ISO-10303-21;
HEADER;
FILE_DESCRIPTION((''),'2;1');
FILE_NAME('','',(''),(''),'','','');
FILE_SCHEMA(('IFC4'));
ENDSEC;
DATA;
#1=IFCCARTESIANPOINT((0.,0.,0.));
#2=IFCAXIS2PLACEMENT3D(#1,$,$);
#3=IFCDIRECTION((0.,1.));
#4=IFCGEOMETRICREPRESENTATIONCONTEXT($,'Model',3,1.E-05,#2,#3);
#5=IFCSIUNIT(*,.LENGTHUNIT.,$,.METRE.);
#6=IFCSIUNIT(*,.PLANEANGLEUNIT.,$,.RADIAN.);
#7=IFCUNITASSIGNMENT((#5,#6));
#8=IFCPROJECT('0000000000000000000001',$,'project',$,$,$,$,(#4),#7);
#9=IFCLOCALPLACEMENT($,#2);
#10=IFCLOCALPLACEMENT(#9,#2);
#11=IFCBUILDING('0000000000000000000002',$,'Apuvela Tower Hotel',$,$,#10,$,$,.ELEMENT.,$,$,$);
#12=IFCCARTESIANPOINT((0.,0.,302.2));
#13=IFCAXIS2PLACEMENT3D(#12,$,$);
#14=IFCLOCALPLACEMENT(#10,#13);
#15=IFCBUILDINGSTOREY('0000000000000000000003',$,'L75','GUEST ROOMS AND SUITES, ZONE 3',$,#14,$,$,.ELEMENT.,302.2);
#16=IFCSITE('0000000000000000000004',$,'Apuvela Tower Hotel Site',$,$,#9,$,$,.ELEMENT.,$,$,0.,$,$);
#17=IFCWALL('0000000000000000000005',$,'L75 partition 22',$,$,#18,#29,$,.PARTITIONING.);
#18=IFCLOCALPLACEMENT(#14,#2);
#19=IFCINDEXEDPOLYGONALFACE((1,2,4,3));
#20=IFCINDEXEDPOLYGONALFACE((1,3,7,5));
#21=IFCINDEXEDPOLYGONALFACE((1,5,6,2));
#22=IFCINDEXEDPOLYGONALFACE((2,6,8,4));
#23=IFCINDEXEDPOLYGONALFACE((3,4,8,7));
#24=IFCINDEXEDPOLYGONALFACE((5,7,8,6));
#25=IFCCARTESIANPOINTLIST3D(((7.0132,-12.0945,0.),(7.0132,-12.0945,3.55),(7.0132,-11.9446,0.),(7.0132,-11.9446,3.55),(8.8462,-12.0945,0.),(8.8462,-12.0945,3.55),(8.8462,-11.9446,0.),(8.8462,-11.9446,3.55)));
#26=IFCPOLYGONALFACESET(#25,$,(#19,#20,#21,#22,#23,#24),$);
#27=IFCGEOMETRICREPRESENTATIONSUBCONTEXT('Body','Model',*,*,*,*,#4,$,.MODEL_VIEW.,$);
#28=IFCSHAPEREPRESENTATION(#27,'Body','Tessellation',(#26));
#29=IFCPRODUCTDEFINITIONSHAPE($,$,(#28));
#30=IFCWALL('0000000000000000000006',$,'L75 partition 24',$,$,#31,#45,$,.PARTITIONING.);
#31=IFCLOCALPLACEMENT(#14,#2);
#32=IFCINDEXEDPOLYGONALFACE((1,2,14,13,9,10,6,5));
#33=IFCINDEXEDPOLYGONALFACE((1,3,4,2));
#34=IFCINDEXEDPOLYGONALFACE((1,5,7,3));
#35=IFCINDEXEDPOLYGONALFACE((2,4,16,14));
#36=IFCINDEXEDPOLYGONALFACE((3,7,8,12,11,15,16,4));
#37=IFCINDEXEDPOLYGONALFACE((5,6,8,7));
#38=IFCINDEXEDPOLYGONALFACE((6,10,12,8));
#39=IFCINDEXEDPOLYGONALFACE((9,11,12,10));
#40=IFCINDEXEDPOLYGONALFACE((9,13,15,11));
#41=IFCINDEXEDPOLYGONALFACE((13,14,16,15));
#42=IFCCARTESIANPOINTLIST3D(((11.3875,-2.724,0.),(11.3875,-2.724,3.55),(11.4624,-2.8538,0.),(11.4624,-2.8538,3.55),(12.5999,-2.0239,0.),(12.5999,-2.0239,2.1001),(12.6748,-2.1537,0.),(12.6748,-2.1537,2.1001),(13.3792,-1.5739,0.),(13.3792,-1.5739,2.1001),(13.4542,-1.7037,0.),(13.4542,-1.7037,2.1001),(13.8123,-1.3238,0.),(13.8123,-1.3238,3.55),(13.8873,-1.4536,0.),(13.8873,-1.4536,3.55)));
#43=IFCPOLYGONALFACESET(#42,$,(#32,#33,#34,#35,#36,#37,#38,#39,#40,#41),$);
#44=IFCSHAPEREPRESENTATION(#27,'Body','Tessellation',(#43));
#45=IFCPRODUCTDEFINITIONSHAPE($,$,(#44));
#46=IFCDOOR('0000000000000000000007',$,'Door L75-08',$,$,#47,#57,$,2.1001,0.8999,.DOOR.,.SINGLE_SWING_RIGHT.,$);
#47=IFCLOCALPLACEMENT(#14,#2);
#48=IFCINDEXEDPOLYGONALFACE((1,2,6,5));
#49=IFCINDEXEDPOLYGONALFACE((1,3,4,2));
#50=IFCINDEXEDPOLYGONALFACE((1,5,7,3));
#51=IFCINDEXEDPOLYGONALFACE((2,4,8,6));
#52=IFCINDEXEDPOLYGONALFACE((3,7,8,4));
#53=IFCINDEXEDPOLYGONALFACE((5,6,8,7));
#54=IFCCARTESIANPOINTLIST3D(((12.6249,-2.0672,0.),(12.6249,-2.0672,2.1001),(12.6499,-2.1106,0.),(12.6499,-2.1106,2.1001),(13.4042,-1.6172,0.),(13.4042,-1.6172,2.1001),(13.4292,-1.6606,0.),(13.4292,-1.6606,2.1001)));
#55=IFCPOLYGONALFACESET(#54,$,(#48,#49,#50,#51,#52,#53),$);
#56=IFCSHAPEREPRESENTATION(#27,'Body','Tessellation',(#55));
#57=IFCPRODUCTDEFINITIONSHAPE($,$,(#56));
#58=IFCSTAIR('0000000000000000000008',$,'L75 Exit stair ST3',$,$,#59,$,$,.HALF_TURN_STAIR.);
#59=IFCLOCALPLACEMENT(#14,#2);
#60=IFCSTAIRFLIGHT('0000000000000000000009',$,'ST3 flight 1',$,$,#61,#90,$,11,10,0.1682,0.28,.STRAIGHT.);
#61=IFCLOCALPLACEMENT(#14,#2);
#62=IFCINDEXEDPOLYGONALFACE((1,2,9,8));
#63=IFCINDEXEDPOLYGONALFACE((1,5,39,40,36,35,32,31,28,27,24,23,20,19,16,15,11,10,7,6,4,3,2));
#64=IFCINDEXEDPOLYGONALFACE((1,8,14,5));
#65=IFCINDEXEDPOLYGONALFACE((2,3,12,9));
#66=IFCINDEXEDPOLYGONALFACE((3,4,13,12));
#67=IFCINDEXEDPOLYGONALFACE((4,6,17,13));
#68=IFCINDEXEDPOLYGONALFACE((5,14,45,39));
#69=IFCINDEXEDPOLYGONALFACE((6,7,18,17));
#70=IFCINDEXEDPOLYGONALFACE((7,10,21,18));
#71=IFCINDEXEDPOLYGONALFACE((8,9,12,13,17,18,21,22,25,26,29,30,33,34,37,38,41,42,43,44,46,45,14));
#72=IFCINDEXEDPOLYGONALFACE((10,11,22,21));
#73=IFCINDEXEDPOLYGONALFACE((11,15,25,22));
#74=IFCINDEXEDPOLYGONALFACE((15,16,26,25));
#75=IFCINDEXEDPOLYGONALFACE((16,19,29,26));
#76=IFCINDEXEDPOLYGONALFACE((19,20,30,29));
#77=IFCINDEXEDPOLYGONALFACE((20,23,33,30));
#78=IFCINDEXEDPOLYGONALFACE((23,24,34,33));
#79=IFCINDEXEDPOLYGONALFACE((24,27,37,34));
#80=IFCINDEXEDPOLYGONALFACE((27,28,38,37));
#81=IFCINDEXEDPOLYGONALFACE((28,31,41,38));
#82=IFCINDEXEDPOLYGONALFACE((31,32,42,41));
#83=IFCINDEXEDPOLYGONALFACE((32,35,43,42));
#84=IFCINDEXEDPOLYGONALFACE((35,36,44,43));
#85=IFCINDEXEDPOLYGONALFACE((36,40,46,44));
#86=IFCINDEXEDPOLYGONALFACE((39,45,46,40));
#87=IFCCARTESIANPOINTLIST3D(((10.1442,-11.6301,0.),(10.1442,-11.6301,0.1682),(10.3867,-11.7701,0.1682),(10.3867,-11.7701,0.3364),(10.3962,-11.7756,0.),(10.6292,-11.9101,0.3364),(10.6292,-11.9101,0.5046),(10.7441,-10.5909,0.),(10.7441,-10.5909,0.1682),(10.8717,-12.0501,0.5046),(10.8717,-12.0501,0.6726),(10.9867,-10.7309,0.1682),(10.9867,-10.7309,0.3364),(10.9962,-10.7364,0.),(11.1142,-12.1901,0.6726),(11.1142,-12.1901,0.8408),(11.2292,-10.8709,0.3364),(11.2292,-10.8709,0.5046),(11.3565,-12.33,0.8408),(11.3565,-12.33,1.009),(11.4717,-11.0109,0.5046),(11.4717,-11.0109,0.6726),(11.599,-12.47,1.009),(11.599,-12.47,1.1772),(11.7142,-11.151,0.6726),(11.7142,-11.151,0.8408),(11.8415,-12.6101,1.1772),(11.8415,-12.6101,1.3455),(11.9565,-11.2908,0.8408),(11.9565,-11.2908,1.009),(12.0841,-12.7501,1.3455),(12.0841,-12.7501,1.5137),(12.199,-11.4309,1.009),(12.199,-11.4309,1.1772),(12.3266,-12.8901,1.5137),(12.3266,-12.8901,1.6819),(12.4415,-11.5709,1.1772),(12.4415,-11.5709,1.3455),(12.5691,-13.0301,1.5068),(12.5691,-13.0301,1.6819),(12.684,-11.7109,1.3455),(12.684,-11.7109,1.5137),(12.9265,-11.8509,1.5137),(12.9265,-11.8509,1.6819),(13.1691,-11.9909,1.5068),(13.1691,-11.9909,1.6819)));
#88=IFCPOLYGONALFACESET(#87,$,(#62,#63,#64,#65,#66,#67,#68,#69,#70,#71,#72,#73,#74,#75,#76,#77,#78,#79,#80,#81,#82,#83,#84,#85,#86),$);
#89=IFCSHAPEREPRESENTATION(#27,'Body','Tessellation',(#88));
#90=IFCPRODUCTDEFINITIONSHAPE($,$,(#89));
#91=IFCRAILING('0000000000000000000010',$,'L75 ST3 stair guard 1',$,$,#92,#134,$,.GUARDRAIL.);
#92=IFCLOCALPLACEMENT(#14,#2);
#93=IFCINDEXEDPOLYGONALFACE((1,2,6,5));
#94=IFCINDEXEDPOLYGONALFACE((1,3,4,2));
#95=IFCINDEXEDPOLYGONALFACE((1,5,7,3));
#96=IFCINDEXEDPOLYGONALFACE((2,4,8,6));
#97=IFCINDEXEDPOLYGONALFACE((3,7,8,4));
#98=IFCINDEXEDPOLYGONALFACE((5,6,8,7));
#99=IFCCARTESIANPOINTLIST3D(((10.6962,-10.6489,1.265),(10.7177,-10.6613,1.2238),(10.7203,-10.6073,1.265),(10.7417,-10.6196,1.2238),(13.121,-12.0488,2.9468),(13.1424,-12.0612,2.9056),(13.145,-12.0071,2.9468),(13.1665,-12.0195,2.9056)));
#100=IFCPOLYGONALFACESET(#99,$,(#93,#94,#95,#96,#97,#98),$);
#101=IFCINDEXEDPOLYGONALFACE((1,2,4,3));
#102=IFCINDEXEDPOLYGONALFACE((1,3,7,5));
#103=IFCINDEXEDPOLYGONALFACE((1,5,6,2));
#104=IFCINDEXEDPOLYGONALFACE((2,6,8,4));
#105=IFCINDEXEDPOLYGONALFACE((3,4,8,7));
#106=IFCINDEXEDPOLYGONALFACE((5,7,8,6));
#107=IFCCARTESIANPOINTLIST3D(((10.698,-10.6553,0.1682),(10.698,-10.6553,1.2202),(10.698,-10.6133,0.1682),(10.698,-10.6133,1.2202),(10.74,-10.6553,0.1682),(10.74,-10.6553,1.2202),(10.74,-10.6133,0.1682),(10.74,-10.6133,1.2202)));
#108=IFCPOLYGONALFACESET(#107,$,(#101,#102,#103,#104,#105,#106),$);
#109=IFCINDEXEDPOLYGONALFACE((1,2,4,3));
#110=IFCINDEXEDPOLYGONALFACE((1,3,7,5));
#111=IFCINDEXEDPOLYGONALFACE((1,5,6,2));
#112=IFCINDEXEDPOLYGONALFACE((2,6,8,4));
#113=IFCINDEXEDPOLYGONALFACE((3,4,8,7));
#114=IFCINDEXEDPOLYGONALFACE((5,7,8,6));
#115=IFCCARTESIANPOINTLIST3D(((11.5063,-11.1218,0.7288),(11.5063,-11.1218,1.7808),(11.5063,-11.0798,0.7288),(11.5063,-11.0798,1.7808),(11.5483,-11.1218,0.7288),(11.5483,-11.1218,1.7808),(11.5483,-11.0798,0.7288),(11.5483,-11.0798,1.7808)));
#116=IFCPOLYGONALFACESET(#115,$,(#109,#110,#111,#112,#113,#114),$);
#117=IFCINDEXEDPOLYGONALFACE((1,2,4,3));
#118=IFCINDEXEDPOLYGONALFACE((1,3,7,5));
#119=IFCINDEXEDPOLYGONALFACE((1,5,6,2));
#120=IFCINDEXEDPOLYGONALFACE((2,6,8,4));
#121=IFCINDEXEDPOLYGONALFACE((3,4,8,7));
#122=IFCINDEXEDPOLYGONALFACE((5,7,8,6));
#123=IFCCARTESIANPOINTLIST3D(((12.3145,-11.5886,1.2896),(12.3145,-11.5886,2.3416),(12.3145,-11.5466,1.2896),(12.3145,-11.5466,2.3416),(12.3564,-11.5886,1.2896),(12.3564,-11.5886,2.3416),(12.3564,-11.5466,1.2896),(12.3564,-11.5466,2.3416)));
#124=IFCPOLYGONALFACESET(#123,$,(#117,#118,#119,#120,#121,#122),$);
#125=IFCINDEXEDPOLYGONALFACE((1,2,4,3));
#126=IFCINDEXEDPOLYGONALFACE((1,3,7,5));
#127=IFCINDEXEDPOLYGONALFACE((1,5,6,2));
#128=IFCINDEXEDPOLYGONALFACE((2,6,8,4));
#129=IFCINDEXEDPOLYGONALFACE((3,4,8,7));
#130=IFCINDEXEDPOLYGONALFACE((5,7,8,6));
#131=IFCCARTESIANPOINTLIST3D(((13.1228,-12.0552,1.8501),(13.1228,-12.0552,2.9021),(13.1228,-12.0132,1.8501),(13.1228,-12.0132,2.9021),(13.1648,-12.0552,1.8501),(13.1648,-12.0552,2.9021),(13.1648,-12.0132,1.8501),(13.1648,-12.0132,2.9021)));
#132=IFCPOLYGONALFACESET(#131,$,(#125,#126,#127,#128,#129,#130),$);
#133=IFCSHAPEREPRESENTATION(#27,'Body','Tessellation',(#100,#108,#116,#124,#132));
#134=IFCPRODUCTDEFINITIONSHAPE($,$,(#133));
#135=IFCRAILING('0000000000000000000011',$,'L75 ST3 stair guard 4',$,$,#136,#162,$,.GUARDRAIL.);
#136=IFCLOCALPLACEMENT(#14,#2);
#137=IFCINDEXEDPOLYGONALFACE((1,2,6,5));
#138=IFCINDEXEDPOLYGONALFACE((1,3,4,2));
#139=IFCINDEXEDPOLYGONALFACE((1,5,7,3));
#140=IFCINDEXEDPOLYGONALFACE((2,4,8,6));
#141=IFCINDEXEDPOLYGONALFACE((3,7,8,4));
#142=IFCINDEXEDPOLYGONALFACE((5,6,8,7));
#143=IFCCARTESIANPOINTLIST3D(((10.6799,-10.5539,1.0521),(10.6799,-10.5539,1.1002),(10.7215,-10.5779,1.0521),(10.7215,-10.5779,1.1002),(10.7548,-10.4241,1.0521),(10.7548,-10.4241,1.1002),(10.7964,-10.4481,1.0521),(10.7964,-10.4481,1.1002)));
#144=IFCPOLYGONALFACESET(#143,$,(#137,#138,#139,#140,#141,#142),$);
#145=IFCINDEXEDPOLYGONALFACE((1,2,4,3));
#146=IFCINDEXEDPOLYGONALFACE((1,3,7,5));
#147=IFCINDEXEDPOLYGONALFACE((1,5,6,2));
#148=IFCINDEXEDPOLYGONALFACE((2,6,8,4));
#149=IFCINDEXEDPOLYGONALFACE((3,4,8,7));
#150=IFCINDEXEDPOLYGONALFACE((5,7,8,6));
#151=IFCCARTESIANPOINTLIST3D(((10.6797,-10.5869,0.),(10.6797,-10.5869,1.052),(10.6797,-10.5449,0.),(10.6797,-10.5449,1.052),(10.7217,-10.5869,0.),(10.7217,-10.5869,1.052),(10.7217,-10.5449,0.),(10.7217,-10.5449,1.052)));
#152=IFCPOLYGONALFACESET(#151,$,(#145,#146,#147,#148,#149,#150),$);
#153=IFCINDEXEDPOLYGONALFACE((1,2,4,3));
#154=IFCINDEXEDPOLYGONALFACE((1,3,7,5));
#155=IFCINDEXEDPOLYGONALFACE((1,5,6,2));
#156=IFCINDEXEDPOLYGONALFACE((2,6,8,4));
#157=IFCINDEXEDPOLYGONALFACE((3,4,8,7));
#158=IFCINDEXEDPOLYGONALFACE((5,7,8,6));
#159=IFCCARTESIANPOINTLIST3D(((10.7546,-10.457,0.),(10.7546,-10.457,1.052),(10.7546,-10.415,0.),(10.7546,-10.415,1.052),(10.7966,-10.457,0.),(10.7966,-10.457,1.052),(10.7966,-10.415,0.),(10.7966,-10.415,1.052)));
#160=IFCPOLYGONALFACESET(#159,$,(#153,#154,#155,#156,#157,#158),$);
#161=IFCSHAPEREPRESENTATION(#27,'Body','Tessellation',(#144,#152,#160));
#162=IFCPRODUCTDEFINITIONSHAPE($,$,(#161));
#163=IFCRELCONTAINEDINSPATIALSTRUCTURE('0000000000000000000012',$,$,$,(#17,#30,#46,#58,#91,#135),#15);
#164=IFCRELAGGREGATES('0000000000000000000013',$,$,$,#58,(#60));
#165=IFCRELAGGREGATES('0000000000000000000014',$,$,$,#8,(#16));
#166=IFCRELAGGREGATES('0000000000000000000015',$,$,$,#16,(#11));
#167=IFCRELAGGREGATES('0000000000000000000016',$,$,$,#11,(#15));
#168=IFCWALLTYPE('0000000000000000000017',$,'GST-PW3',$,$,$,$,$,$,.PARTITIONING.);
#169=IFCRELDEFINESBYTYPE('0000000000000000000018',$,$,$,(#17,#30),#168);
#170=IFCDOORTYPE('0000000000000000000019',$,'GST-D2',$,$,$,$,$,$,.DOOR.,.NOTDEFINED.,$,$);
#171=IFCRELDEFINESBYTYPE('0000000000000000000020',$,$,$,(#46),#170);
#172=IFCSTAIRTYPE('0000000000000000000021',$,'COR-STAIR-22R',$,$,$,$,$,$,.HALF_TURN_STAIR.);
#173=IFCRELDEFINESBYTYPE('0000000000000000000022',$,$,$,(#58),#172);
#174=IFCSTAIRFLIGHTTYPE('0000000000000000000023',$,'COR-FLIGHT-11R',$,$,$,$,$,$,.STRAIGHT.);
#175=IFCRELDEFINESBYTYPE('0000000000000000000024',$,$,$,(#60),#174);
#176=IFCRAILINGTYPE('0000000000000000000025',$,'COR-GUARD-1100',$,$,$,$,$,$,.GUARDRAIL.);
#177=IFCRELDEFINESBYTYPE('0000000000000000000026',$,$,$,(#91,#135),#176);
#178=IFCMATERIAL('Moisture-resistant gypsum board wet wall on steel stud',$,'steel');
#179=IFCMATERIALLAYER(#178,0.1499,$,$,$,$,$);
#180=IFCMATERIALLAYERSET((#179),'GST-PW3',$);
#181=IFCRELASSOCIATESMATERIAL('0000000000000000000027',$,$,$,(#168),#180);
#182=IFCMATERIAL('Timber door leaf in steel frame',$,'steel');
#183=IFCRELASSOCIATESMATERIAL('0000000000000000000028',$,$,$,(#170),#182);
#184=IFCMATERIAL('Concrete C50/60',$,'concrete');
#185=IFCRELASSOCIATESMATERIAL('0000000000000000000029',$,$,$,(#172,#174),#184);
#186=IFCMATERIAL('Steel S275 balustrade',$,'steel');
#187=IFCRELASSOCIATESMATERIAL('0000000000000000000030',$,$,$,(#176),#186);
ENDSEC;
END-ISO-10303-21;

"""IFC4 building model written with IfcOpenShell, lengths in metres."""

from ifc_helpers import new_model, si_unit, direction, frame, frame_2d, origin, origin_2d, place, context, subcontext, project, spatial, polyline, rectangle, outline, extrude, material, layer, layer_set, type_object, element, fill, aggregate, save


model = new_model("IFC4")

# Units and contexts
model_context = context("Model", 3, precision=1e-05, world=origin(), true_north=direction((0.0, 1.0)))
body_context = subcontext(model_context, "Body", "Model", "MODEL_VIEW")
ifc_project = project(units=[si_unit("LENGTHUNIT", "METRE"), si_unit("PLANEANGLEUNIT", "RADIAN")], contexts=[model_context])

# Site, building, storey
site_placement = place(None, origin())
site = spatial("IfcSite", under=ifc_project, at=site_placement, Name="Apuvela Tower Hotel Site", CompositionType="ELEMENT", RefElevation=0.0)
building_placement = place(site_placement, origin())
building = spatial("IfcBuilding", under=site, at=building_placement, Name="Apuvela Tower Hotel", CompositionType="ELEMENT")
storey_placement = place(building_placement, frame((0.0, 0.0, 302.2)))
storey = spatial("IfcBuildingStorey", under=building, at=storey_placement, Name="L75", Description="GUEST ROOMS AND SUITES, ZONE 3", CompositionType="ELEMENT", Elevation=302.2)

# Shared definitions
ifc_material_1 = material(Name="Concrete C50/60", Category="concrete")

# Shared definitions
ifc_material_2 = material(Name="Timber door leaf in steel frame", Category="steel")
ifc_material_3 = material(Name="Moisture-resistant gypsum board wet wall on steel stud", Category="steel")
ifc_layer_1 = layer(ifc_material_3, 0.1499)
ifc_layer_set_1 = layer_set([ifc_layer_1], Name="GST-PW3")
wall_type_1 = type_object("IfcWallType", Name="GST-PW3", PredefinedType="PARTITIONING", material=ifc_layer_set_1)
door_type_1 = type_object("IfcDoorType", Name="GST-D2", OperationType="NOTDEFINED", PredefinedType="DOOR", material=ifc_material_2)

# Wall
wall_1_placement = place(storey_placement, frame((7.0132, -12.0195, 0.0), z_axis=(0.0, 0.0, 1.0), x_axis=(1.0, 0.0, 0.0)))
element("IfcWall", 1, at=wall_1_placement, inside=storey, type_object=wall_type_1, Name="L75 partition 22", PredefinedType="PARTITIONING", context=body_context, shape_type="SweptSolid", body=[
    extrude(rectangle(XDim=1.833, YDim=0.1499, at=frame_2d((0.9165, 0.0))), origin(), (0.0, 0.0, 1.0), 3.55),
])

# Wall, opening, door
wall_2_placement = place(storey_placement, frame((11.425, -2.7888, 0.0), z_axis=(0.0, 0.0, 1.0), x_axis=(0.865997, 0.50005, 0.0)))
wall_2 = element("IfcWall", 2, at=wall_2_placement, inside=storey, type_object=wall_type_1, Name="L75 partition 24", PredefinedType="PARTITIONING", context=body_context, shape_type="SweptSolid", body=[
    extrude(rectangle(XDim=2.8, YDim=0.1499, at=frame_2d((1.3999, 0.0))), origin(), (0.0, 0.0, 1.0), 3.55),
])
opening_1_placement = place(wall_2_placement, frame((1.3999, 0.0, 0.0)))
opening_1 = element("IfcOpeningElement", 3, at=opening_1_placement, cuts=wall_2, PredefinedType="OPENING", context=body_context, shape_type="SweptSolid", body=[
    extrude(rectangle(XDim=0.8999, YDim=2.1001, at=frame_2d((0.45, 1.05))), frame((0.0, 0.085, 0.0), z_axis=(0.0, -1.0, 0.0), x_axis=(1.0, 0.0, 0.0)), (0.0, 0.0, 1.0), 0.1699),
])
door_1_placement = place(opening_1_placement, origin())
door_1 = element("IfcDoor", 4, at=door_1_placement, inside=storey, type_object=door_type_1, Name="Door L75-08", OperationType="SINGLE_SWING_RIGHT", OverallHeight=2.1001, OverallWidth=0.8999, PredefinedType="DOOR", context=body_context, shape_type="SweptSolid", body=[
    extrude(rectangle(XDim=0.8999, YDim=2.1001, at=frame_2d((0.45, 1.05))), frame((0.0, 0.0249, 0.0), z_axis=(0.0, -1.0, 0.0), x_axis=(1.0, 0.0, 0.0)), (0.0, 0.0, 1.0), 0.05),
])
fill(opening_1, door_1)

# Stair, stair flight
stair_type = type_object("IfcStairType", Name="COR-STAIR-22R", PredefinedType="HALF_TURN_STAIR", material=ifc_material_1)
stair_placement = place(storey_placement, origin())
stair = element("IfcStair", 5, at=stair_placement, inside=storey, type_object=stair_type, Name="L75 Exit stair ST3", PredefinedType="HALF_TURN_STAIR")
stair_flight_type = type_object("IfcStairFlightType", Name="COR-FLIGHT-11R", PredefinedType="STRAIGHT", material=ifc_material_1)
stair_flight_placement = place(storey_placement, frame((10.4441, -11.1106, 0.0), z_axis=(0.0, 0.0, 1.0), x_axis=(0.866025, -0.5, 0.0)))
stair_flight = element("IfcStairFlight", 6, at=stair_flight_placement, type_object=stair_flight_type, Name="ST3 flight 1", NumberOfRisers=11, NumberOfTreads=10, PredefinedType="STRAIGHT", RiserHeight=0.1682, TreadLength=0.28, context=body_context, shape_type="SweptSolid", body=[
    extrude(outline(polyline([(0.0, 0.0), (0.0, 0.1682), (0.28, 0.1682), (0.28, 0.3364), (0.5601, 0.3364), (0.5601, 0.5046), (0.8401, 0.5046), (0.8401, 0.6726), (1.1201, 0.6726), (1.1201, 0.8408), (1.3999, 0.8408), (1.3999, 1.009), (1.6799, 1.009), (1.6799, 1.1772), (1.96, 1.1772), (1.96, 1.3455), (2.24, 1.3455), (2.24, 1.5137), (2.52, 1.5137), (2.52, 1.6819), (2.8, 1.6819), (2.8, 1.8501), (2.8, 1.5068), (0.291, 0.0), (0.0, 0.0)])), frame((0.0, 0.6001, 0.0), z_axis=(0.0, -1.0, 0.0), x_axis=(1.0, 0.0, 0.0)), (0.0, 0.0, 1.0), 1.2),
])
aggregate(stair, [stair_flight])

# Railings
ifc_material_4 = material(Name="Steel S275 balustrade", Category="steel")
railing_type_1 = type_object("IfcRailingType", Name="COR-GUARD-1100", PredefinedType="GUARDRAIL", material=ifc_material_4)
railing_1_placement = place(storey_placement, frame((10.719, -10.6343, 0.1682)))
element("IfcRailing", 7, at=railing_1_placement, inside=storey, type_object=railing_type_1, Name="L75 ST3 stair guard 1", PredefinedType="GUARDRAIL", context=body_context, shape_type="SweptSolid", body=[
    extrude(rectangle(XDim=0.0481, YDim=0.0481, at=origin_2d()), frame((0.0, 0.0, 1.0762), z_axis=(0.74239, -0.428601, 0.514934), x_axis=(0.499984, 0.866035, 0.0)), (0.0, 0.0, 1.0), 3.2661),
    extrude(rectangle(XDim=0.042, YDim=0.042, at=origin_2d()), origin(), (0.0, 0.0, 1.0), 1.052),
    extrude(rectangle(XDim=0.042, YDim=0.042, at=origin_2d()), frame((0.8083, -0.4666, 0.5605)), (0.0, 0.0, 1.0), 1.052),
    extrude(rectangle(XDim=0.042, YDim=0.042, at=origin_2d()), frame((1.6165, -0.9333, 1.1213)), (0.0, 0.0, 1.0), 1.052),
    extrude(rectangle(XDim=0.042, YDim=0.042, at=origin_2d()), frame((2.4248, -1.3999, 1.6819)), (0.0, 0.0, 1.0), 1.052),
])
railing_2_placement = place(storey_placement, frame((10.7007, -10.5659, 0.0)))
element("IfcRailing", 8, at=railing_2_placement, inside=storey, type_object=railing_type_1, Name="L75 ST3 stair guard 4", PredefinedType="GUARDRAIL", context=body_context, shape_type="SweptSolid", body=[
    extrude(rectangle(XDim=0.0481, YDim=0.0481, at=origin_2d()), frame((0.0, 0.0, 1.0762), z_axis=(0.499816, 0.866131, 0.0), x_axis=(-0.866131, 0.499816, 0.0)), (0.0, 0.0, 1.0), 0.1499),
    extrude(rectangle(XDim=0.042, YDim=0.042, at=origin_2d()), origin(), (0.0, 0.0, 1.0), 1.052),
    extrude(rectangle(XDim=0.042, YDim=0.042, at=origin_2d()), frame((0.075, 0.1299, 0.0)), (0.0, 0.0, 1.0), 1.052),
])

save(model, "model.ifc")
